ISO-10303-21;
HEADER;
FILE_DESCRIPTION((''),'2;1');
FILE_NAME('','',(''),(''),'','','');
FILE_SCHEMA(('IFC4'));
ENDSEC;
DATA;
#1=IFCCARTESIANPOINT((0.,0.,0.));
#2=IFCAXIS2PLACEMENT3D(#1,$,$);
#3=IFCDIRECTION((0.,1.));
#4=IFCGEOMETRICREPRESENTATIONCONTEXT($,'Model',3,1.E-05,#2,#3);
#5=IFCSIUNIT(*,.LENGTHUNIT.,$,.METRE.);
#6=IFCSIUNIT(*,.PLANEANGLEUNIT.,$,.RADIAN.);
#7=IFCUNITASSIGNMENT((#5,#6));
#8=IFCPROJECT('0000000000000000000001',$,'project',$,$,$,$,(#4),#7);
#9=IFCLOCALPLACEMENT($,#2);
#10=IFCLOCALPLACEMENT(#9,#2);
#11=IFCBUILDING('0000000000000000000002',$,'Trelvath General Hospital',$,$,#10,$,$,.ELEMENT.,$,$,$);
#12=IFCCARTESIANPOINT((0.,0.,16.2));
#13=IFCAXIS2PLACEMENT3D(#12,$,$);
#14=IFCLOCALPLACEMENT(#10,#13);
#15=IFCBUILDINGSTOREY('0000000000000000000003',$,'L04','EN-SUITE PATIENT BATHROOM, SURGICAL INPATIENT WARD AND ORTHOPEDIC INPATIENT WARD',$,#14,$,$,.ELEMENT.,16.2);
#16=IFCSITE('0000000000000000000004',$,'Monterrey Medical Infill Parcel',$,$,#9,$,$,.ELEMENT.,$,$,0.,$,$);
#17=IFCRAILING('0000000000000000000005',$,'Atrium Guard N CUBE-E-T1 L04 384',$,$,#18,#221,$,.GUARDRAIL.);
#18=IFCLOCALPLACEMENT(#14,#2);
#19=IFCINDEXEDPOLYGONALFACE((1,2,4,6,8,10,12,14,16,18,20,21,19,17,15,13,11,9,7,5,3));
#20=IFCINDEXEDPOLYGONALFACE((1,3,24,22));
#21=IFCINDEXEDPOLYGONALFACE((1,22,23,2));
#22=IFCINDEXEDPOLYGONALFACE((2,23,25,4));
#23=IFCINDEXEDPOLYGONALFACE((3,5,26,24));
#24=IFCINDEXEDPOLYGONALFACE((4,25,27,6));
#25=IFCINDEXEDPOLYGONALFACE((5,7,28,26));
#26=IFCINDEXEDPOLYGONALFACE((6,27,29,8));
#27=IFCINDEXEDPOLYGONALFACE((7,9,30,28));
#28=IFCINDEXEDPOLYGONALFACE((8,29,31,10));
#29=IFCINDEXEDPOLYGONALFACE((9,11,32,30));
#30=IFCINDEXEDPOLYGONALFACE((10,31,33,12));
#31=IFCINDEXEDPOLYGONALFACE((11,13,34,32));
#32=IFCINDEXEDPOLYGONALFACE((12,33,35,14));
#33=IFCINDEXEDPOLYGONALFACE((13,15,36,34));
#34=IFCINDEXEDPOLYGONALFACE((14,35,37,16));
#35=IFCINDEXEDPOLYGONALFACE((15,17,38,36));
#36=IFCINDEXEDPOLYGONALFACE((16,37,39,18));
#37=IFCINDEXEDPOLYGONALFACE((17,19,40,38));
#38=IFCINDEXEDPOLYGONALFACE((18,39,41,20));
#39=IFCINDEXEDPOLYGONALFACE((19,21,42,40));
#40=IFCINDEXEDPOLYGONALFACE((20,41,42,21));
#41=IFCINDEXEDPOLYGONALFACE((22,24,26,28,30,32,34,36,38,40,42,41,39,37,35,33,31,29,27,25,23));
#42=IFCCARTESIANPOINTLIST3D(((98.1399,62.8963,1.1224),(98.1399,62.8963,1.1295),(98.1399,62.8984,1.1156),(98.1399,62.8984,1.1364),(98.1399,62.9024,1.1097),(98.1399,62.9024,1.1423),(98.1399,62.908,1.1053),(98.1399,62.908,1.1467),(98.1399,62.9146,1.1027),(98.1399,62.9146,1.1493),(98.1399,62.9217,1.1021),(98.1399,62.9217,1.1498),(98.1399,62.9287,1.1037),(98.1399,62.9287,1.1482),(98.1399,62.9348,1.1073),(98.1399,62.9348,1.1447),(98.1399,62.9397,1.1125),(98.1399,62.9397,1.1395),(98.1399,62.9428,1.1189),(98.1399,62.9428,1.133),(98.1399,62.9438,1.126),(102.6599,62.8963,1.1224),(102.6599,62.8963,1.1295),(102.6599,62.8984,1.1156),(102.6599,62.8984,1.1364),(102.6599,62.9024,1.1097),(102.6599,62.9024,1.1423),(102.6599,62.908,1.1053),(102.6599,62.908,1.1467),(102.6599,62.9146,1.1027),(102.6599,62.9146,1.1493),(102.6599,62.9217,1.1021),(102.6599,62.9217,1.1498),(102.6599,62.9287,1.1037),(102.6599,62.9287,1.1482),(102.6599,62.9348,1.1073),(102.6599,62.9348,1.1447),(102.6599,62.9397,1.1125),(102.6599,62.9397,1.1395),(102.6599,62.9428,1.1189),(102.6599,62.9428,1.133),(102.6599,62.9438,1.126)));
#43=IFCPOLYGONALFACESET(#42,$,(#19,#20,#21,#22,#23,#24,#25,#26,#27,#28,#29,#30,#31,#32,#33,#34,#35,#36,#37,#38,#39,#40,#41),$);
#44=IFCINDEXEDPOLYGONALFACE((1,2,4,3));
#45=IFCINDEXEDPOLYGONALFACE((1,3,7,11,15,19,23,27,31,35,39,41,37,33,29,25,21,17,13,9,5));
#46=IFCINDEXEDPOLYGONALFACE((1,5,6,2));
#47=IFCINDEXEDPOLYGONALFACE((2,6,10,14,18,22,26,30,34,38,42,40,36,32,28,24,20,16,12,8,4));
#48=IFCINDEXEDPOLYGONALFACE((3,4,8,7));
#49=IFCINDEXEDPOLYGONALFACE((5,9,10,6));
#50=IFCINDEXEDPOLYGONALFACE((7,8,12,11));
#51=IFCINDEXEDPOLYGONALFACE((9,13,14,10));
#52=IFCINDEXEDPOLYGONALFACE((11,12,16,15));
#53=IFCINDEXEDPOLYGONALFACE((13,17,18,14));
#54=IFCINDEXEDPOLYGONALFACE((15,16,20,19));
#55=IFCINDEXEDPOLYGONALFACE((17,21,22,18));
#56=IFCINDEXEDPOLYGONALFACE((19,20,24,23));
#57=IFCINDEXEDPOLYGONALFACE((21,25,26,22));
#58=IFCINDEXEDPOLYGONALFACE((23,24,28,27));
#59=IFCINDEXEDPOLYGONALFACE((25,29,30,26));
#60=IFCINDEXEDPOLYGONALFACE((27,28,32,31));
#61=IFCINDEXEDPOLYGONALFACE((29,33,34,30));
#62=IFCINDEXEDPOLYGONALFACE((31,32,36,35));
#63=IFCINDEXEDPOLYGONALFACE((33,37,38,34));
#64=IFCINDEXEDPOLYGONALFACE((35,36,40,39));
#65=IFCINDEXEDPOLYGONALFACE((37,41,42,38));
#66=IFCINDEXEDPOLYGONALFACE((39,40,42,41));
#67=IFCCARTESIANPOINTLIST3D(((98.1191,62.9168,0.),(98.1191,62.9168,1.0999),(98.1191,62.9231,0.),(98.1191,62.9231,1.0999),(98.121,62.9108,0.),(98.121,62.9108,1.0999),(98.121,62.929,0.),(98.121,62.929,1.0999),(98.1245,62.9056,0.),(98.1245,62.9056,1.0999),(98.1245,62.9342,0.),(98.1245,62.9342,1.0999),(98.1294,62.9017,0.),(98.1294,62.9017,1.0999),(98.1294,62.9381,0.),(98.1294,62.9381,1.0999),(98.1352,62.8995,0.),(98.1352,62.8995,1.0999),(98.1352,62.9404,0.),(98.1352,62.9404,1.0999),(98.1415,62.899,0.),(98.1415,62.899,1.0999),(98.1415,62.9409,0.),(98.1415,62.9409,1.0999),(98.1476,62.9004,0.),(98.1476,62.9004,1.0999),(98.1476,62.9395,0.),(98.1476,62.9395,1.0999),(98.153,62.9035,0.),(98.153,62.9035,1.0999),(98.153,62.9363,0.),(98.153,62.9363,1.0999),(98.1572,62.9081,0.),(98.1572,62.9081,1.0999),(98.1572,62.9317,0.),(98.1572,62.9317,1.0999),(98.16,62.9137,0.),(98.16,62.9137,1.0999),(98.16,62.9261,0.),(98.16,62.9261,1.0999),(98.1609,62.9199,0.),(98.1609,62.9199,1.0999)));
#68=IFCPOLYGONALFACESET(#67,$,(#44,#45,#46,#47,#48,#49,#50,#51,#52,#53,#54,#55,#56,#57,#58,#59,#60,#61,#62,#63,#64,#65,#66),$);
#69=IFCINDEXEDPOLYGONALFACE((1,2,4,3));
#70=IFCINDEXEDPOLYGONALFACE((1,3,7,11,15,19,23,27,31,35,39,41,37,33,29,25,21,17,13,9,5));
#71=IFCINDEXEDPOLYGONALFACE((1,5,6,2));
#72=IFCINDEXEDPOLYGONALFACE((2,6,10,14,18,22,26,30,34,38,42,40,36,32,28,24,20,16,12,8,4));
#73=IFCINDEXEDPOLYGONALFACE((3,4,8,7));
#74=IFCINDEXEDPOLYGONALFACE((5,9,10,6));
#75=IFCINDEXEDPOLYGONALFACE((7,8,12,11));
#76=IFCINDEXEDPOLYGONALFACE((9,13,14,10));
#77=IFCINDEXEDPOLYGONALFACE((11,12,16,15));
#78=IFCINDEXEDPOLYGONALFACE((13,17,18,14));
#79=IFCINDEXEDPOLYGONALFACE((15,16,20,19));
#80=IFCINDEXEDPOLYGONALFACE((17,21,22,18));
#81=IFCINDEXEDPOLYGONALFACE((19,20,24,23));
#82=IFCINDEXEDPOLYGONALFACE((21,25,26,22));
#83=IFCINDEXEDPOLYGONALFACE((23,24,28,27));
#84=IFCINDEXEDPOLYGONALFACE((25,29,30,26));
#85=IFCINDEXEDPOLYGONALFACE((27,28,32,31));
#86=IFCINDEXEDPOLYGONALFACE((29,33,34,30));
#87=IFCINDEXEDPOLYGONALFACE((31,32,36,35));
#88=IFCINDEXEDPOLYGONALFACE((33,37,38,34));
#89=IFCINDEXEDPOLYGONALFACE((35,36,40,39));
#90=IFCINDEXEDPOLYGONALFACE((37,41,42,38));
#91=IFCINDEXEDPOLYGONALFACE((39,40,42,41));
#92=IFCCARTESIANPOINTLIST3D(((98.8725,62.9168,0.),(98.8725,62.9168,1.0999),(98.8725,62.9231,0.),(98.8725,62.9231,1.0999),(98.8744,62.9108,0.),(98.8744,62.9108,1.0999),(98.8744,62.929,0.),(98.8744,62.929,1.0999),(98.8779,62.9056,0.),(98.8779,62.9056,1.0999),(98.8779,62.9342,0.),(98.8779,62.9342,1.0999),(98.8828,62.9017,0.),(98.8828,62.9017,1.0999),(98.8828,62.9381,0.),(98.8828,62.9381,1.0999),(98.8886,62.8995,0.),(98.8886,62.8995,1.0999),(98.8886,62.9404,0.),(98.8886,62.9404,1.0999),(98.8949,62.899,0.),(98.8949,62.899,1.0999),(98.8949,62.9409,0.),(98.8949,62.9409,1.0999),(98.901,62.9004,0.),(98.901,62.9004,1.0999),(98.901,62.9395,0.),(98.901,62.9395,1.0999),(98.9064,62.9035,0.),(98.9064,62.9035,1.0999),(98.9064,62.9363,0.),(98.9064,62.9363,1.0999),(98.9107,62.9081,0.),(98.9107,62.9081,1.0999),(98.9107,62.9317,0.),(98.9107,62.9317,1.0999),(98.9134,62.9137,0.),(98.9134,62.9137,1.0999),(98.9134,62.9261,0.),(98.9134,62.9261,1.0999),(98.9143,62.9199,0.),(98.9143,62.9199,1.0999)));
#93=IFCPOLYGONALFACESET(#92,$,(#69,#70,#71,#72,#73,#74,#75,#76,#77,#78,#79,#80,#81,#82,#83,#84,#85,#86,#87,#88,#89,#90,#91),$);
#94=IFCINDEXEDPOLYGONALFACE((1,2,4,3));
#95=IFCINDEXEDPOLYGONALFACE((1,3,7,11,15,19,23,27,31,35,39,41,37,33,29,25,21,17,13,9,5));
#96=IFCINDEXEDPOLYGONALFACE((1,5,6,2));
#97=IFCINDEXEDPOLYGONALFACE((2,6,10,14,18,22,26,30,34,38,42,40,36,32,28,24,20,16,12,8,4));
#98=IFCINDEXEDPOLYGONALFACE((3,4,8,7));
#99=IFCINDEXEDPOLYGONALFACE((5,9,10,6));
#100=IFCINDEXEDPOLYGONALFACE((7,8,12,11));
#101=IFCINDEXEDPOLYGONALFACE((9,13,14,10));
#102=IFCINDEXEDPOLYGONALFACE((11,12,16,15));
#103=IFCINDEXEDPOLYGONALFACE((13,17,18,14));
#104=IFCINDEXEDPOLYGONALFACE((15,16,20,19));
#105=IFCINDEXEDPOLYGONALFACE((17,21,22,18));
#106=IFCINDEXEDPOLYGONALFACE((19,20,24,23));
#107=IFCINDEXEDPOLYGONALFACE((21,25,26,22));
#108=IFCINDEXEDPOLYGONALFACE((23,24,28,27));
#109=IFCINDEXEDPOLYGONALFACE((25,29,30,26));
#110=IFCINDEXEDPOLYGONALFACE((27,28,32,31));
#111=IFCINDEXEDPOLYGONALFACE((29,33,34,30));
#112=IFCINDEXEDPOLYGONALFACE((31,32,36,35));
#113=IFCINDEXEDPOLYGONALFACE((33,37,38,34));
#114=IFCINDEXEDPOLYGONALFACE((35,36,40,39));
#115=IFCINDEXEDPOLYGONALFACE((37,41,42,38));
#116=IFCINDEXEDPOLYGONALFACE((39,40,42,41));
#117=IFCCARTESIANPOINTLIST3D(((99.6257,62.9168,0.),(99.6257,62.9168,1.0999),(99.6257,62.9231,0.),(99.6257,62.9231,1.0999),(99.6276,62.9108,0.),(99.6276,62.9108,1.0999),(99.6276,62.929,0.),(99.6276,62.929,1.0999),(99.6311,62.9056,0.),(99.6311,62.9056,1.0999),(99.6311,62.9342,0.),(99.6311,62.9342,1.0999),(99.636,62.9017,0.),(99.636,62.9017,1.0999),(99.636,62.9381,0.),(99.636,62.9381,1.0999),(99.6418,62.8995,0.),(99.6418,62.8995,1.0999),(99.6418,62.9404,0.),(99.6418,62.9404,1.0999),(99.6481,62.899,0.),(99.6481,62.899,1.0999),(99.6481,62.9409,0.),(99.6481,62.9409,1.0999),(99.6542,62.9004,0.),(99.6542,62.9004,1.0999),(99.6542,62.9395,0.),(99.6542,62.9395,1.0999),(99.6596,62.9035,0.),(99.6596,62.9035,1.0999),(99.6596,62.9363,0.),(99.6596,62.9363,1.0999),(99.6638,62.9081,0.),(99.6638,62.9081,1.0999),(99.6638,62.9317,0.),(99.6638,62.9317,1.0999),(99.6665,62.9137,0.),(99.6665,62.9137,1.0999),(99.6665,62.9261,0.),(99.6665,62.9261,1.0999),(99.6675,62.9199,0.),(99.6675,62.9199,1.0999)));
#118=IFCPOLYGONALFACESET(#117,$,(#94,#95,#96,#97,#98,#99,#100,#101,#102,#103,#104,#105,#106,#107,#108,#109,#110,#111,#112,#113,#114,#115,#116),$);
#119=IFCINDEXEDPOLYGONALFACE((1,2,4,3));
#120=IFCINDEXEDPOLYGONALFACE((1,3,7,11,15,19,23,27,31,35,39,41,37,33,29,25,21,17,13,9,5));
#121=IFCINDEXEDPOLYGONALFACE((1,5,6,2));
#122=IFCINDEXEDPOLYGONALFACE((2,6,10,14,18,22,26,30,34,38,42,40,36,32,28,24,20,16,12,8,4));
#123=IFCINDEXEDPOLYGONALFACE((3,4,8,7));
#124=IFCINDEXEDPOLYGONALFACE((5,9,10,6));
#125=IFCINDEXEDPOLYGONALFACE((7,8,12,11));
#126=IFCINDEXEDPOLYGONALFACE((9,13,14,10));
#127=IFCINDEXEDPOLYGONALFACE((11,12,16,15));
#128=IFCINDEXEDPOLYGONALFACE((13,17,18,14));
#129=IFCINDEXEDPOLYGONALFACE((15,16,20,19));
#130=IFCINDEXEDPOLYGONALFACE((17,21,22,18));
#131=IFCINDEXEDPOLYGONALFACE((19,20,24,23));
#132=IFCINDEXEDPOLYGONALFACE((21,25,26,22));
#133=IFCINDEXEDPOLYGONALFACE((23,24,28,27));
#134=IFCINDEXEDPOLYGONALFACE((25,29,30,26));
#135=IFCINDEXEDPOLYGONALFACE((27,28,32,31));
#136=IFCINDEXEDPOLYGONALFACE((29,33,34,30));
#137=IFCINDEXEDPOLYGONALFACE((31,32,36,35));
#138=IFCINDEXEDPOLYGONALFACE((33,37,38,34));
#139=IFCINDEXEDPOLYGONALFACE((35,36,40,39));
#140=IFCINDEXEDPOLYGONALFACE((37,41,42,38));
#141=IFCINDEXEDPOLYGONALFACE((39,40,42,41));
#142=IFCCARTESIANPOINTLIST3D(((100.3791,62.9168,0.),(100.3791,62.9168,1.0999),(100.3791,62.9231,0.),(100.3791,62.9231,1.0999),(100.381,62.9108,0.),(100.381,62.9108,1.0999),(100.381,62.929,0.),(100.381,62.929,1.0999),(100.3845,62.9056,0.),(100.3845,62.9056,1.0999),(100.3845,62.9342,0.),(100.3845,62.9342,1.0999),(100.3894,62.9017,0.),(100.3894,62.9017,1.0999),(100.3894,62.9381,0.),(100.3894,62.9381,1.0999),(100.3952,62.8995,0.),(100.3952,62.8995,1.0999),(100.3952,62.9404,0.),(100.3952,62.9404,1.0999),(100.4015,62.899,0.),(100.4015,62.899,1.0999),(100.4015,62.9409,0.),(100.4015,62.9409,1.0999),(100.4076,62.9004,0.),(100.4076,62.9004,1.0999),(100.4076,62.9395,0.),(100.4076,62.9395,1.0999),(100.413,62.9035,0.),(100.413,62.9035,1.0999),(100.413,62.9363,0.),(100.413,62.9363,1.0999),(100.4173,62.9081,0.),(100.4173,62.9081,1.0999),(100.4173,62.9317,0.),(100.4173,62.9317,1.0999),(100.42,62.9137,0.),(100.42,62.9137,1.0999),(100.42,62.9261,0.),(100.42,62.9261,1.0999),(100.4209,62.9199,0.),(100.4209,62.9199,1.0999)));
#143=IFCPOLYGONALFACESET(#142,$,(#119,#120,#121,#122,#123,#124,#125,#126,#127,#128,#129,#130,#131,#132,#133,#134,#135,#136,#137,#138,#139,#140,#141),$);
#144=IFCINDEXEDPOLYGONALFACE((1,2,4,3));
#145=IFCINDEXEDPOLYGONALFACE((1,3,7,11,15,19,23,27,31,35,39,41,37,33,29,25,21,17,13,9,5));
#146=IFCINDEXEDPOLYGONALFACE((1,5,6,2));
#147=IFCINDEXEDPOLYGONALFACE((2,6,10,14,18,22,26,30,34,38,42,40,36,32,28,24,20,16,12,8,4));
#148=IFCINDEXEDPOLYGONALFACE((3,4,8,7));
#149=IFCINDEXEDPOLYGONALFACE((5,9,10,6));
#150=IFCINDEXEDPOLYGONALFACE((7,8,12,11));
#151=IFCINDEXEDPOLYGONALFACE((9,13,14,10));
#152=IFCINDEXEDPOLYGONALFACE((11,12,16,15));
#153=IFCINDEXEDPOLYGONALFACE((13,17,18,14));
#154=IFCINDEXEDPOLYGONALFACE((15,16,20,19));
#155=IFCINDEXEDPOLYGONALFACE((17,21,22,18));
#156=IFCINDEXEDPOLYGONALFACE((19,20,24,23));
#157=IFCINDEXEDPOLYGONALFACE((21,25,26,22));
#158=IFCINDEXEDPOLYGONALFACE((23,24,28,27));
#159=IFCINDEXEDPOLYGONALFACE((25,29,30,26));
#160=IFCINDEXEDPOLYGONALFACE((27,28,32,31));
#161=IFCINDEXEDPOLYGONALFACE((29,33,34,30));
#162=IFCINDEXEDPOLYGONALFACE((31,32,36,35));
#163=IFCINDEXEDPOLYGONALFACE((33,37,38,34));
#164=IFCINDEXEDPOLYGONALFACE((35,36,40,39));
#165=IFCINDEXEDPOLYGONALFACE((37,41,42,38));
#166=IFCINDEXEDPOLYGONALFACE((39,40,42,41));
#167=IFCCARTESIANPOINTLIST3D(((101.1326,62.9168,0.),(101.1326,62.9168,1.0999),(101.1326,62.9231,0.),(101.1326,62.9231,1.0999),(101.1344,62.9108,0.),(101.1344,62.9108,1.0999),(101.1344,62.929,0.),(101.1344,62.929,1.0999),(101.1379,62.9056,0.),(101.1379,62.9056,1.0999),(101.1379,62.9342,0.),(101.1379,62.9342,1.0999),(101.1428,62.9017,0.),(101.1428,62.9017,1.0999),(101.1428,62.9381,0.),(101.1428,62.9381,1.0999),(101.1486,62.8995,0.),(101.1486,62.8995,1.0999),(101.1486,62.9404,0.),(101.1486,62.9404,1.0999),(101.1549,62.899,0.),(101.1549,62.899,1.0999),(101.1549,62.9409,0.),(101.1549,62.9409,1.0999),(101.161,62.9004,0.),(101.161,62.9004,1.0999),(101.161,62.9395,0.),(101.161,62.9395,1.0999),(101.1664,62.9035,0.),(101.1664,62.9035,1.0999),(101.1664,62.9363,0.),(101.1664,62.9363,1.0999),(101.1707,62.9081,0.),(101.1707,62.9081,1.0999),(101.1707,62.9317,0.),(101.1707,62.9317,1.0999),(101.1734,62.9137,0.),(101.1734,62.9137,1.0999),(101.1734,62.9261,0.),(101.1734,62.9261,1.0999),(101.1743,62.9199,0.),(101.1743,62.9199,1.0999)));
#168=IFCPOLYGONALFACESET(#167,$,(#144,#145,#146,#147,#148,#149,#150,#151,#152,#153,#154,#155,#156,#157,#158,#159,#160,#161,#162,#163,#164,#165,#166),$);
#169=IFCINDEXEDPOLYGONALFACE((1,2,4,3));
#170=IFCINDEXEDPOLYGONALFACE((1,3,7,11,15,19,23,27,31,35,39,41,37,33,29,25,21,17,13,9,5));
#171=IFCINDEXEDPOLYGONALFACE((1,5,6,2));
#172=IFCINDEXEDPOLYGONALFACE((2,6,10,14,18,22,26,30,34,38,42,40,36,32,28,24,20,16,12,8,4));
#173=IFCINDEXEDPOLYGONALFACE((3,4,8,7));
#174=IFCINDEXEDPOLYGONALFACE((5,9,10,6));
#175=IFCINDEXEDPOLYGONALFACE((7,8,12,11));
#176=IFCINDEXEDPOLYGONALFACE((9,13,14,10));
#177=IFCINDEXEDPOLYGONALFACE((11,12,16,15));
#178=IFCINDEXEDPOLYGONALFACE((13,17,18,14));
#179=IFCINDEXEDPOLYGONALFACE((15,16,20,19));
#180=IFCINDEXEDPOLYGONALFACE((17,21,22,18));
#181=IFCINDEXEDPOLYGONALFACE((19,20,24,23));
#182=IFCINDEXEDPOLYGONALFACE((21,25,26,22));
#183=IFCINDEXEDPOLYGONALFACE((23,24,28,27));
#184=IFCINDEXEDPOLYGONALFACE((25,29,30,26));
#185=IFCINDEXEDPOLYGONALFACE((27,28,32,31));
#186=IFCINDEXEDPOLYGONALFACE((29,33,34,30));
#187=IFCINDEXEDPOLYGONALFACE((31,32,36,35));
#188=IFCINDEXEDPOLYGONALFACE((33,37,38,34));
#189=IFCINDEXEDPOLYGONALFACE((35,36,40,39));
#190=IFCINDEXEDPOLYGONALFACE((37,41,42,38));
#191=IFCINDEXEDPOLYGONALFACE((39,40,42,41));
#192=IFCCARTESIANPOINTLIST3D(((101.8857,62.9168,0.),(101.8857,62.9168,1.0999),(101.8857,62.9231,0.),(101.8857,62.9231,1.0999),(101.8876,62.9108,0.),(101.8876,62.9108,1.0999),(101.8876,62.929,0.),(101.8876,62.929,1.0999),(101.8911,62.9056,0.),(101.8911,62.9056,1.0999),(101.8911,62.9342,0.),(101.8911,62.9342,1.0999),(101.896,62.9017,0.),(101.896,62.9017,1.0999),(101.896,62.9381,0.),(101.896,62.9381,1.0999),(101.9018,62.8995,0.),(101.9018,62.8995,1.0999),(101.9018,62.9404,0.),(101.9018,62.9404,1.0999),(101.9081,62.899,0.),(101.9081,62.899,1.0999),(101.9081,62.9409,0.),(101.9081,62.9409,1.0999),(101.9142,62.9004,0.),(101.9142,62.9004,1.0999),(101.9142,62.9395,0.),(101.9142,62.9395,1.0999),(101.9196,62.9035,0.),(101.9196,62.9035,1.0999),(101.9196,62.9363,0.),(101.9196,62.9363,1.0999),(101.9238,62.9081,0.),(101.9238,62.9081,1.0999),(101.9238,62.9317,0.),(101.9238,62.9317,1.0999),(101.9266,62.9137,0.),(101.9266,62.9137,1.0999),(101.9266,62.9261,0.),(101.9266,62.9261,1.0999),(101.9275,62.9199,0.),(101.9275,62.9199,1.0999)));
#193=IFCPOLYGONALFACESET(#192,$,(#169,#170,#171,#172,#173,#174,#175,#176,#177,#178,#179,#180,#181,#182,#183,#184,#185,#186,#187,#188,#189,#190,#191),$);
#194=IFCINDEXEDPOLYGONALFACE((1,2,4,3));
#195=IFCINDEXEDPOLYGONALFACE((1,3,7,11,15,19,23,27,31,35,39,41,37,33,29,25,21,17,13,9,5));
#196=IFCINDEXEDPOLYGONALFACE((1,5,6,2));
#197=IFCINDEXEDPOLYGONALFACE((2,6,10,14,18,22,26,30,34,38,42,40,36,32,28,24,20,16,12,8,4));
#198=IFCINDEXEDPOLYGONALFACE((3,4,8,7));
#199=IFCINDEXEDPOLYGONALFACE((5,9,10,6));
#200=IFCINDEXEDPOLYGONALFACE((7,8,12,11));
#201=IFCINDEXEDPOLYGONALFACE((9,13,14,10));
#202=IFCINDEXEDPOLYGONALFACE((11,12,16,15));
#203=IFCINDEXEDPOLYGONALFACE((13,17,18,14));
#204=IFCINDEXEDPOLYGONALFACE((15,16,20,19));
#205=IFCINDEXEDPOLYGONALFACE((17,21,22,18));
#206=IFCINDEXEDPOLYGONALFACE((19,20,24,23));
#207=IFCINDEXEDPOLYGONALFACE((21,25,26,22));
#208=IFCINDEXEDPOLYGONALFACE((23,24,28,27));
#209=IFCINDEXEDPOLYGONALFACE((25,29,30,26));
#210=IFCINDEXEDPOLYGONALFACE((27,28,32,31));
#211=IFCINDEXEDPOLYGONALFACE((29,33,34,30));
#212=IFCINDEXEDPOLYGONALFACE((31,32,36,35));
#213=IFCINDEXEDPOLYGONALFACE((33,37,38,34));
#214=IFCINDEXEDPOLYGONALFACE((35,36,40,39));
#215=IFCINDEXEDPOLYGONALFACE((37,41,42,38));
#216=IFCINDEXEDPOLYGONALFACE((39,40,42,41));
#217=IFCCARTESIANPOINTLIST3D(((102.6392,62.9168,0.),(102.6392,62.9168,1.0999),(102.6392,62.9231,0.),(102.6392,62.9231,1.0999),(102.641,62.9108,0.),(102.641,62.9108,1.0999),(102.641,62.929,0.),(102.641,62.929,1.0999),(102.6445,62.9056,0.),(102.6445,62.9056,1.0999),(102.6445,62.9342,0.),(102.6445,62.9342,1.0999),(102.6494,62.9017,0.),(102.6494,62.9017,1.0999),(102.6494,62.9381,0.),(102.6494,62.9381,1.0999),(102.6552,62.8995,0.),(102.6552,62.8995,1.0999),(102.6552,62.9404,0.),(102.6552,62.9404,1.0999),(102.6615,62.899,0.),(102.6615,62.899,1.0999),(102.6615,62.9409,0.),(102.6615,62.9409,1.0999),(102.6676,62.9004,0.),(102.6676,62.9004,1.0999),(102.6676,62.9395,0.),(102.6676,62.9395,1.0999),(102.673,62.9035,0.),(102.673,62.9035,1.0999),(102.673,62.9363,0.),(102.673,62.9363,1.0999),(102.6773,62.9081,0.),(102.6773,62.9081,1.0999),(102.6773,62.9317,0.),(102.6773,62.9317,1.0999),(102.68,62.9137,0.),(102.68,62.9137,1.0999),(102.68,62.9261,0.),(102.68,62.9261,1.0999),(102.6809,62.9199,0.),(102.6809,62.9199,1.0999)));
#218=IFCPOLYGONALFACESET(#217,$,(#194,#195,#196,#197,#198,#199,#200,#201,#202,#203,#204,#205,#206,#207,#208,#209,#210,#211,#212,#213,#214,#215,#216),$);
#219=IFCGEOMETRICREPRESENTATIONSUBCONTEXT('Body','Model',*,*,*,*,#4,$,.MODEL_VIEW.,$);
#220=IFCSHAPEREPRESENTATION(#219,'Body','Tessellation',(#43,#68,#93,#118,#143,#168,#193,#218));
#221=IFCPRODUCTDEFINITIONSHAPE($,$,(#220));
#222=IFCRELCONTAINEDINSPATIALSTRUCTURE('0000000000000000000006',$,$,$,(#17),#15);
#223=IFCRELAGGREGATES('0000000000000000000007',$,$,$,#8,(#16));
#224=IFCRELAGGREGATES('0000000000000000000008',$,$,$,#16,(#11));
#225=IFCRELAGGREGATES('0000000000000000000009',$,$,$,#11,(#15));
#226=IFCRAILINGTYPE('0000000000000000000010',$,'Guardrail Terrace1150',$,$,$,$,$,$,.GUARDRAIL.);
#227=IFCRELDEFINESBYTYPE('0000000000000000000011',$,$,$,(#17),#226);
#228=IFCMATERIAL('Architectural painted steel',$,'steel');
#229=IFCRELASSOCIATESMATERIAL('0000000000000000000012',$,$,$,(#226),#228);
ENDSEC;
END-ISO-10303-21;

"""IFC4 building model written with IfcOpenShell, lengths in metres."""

from ifc_helpers import new_model, si_unit, direction, frame, origin, origin_2d, place, context, subcontext, project, spatial, circle, extrude, material, type_object, element, save


model = new_model("IFC4")

# Units and contexts
model_context = context("Model", 3, precision=1e-05, world=origin(), true_north=direction((0.0, 1.0)))
body_context = subcontext(model_context, "Body", "Model", "MODEL_VIEW")
ifc_project = project(units=[si_unit("LENGTHUNIT", "METRE"), si_unit("PLANEANGLEUNIT", "RADIAN")], contexts=[model_context])

# Site, building, storey
site_placement = place(None, origin())
site = spatial("IfcSite", under=ifc_project, at=site_placement, Name="Monterrey Medical Infill Parcel", CompositionType="ELEMENT", RefElevation=0.0)
building_placement = place(site_placement, origin())
building = spatial("IfcBuilding", under=site, at=building_placement, Name="Trelvath General Hospital", CompositionType="ELEMENT")
storey_placement = place(building_placement, frame((0.0, 0.0, 16.2)))
storey = spatial("IfcBuildingStorey", under=building, at=storey_placement, Name="L04", Description="EN-SUITE PATIENT BATHROOM, SURGICAL INPATIENT WARD AND ORTHOPEDIC INPATIENT WARD", CompositionType="ELEMENT", Elevation=16.2)

# Railing
ifc_material_1 = material(Name="Architectural painted steel", Category="steel")
railing_type = type_object("IfcRailingType", Name="Guardrail Terrace1150", PredefinedType="GUARDRAIL", material=ifc_material_1)
railing_placement = place(storey_placement, frame((98.1399, 62.9199, 0.0)))
element("IfcRailing", 1, at=railing_placement, inside=storey, type_object=railing_type, Name="Atrium Guard N CUBE-E-T1 L04 384", PredefinedType="GUARDRAIL", context=body_context, shape_type="SweptSolid", body=[
    extrude(circle(Radius=0.0239, at=origin_2d()), frame((0.0, 0.0, 1.126), z_axis=(1.0, 0.0, 0.0), x_axis=(0.0, 1.0, 0.0)), (0.0, 0.0, 1.0), 4.52),
    extrude(circle(Radius=0.021, at=origin_2d()), origin(), (0.0, 0.0, 1.0), 1.0999),
    extrude(circle(Radius=0.021, at=origin_2d()), frame((0.7534, 0.0, 0.0)), (0.0, 0.0, 1.0), 1.0999),
    extrude(circle(Radius=0.021, at=origin_2d()), frame((1.5066, 0.0, 0.0)), (0.0, 0.0, 1.0), 1.0999),
    extrude(circle(Radius=0.021, at=origin_2d()), frame((2.26, 0.0, 0.0)), (0.0, 0.0, 1.0), 1.0999),
    extrude(circle(Radius=0.021, at=origin_2d()), frame((3.0134, 0.0, 0.0)), (0.0, 0.0, 1.0), 1.0999),
    extrude(circle(Radius=0.021, at=origin_2d()), frame((3.7666, 0.0, 0.0)), (0.0, 0.0, 1.0), 1.0999),
    extrude(circle(Radius=0.021, at=origin_2d()), frame((4.52, 0.0, 0.0)), (0.0, 0.0, 1.0), 1.0999),
])

save(model, "model.ifc")
